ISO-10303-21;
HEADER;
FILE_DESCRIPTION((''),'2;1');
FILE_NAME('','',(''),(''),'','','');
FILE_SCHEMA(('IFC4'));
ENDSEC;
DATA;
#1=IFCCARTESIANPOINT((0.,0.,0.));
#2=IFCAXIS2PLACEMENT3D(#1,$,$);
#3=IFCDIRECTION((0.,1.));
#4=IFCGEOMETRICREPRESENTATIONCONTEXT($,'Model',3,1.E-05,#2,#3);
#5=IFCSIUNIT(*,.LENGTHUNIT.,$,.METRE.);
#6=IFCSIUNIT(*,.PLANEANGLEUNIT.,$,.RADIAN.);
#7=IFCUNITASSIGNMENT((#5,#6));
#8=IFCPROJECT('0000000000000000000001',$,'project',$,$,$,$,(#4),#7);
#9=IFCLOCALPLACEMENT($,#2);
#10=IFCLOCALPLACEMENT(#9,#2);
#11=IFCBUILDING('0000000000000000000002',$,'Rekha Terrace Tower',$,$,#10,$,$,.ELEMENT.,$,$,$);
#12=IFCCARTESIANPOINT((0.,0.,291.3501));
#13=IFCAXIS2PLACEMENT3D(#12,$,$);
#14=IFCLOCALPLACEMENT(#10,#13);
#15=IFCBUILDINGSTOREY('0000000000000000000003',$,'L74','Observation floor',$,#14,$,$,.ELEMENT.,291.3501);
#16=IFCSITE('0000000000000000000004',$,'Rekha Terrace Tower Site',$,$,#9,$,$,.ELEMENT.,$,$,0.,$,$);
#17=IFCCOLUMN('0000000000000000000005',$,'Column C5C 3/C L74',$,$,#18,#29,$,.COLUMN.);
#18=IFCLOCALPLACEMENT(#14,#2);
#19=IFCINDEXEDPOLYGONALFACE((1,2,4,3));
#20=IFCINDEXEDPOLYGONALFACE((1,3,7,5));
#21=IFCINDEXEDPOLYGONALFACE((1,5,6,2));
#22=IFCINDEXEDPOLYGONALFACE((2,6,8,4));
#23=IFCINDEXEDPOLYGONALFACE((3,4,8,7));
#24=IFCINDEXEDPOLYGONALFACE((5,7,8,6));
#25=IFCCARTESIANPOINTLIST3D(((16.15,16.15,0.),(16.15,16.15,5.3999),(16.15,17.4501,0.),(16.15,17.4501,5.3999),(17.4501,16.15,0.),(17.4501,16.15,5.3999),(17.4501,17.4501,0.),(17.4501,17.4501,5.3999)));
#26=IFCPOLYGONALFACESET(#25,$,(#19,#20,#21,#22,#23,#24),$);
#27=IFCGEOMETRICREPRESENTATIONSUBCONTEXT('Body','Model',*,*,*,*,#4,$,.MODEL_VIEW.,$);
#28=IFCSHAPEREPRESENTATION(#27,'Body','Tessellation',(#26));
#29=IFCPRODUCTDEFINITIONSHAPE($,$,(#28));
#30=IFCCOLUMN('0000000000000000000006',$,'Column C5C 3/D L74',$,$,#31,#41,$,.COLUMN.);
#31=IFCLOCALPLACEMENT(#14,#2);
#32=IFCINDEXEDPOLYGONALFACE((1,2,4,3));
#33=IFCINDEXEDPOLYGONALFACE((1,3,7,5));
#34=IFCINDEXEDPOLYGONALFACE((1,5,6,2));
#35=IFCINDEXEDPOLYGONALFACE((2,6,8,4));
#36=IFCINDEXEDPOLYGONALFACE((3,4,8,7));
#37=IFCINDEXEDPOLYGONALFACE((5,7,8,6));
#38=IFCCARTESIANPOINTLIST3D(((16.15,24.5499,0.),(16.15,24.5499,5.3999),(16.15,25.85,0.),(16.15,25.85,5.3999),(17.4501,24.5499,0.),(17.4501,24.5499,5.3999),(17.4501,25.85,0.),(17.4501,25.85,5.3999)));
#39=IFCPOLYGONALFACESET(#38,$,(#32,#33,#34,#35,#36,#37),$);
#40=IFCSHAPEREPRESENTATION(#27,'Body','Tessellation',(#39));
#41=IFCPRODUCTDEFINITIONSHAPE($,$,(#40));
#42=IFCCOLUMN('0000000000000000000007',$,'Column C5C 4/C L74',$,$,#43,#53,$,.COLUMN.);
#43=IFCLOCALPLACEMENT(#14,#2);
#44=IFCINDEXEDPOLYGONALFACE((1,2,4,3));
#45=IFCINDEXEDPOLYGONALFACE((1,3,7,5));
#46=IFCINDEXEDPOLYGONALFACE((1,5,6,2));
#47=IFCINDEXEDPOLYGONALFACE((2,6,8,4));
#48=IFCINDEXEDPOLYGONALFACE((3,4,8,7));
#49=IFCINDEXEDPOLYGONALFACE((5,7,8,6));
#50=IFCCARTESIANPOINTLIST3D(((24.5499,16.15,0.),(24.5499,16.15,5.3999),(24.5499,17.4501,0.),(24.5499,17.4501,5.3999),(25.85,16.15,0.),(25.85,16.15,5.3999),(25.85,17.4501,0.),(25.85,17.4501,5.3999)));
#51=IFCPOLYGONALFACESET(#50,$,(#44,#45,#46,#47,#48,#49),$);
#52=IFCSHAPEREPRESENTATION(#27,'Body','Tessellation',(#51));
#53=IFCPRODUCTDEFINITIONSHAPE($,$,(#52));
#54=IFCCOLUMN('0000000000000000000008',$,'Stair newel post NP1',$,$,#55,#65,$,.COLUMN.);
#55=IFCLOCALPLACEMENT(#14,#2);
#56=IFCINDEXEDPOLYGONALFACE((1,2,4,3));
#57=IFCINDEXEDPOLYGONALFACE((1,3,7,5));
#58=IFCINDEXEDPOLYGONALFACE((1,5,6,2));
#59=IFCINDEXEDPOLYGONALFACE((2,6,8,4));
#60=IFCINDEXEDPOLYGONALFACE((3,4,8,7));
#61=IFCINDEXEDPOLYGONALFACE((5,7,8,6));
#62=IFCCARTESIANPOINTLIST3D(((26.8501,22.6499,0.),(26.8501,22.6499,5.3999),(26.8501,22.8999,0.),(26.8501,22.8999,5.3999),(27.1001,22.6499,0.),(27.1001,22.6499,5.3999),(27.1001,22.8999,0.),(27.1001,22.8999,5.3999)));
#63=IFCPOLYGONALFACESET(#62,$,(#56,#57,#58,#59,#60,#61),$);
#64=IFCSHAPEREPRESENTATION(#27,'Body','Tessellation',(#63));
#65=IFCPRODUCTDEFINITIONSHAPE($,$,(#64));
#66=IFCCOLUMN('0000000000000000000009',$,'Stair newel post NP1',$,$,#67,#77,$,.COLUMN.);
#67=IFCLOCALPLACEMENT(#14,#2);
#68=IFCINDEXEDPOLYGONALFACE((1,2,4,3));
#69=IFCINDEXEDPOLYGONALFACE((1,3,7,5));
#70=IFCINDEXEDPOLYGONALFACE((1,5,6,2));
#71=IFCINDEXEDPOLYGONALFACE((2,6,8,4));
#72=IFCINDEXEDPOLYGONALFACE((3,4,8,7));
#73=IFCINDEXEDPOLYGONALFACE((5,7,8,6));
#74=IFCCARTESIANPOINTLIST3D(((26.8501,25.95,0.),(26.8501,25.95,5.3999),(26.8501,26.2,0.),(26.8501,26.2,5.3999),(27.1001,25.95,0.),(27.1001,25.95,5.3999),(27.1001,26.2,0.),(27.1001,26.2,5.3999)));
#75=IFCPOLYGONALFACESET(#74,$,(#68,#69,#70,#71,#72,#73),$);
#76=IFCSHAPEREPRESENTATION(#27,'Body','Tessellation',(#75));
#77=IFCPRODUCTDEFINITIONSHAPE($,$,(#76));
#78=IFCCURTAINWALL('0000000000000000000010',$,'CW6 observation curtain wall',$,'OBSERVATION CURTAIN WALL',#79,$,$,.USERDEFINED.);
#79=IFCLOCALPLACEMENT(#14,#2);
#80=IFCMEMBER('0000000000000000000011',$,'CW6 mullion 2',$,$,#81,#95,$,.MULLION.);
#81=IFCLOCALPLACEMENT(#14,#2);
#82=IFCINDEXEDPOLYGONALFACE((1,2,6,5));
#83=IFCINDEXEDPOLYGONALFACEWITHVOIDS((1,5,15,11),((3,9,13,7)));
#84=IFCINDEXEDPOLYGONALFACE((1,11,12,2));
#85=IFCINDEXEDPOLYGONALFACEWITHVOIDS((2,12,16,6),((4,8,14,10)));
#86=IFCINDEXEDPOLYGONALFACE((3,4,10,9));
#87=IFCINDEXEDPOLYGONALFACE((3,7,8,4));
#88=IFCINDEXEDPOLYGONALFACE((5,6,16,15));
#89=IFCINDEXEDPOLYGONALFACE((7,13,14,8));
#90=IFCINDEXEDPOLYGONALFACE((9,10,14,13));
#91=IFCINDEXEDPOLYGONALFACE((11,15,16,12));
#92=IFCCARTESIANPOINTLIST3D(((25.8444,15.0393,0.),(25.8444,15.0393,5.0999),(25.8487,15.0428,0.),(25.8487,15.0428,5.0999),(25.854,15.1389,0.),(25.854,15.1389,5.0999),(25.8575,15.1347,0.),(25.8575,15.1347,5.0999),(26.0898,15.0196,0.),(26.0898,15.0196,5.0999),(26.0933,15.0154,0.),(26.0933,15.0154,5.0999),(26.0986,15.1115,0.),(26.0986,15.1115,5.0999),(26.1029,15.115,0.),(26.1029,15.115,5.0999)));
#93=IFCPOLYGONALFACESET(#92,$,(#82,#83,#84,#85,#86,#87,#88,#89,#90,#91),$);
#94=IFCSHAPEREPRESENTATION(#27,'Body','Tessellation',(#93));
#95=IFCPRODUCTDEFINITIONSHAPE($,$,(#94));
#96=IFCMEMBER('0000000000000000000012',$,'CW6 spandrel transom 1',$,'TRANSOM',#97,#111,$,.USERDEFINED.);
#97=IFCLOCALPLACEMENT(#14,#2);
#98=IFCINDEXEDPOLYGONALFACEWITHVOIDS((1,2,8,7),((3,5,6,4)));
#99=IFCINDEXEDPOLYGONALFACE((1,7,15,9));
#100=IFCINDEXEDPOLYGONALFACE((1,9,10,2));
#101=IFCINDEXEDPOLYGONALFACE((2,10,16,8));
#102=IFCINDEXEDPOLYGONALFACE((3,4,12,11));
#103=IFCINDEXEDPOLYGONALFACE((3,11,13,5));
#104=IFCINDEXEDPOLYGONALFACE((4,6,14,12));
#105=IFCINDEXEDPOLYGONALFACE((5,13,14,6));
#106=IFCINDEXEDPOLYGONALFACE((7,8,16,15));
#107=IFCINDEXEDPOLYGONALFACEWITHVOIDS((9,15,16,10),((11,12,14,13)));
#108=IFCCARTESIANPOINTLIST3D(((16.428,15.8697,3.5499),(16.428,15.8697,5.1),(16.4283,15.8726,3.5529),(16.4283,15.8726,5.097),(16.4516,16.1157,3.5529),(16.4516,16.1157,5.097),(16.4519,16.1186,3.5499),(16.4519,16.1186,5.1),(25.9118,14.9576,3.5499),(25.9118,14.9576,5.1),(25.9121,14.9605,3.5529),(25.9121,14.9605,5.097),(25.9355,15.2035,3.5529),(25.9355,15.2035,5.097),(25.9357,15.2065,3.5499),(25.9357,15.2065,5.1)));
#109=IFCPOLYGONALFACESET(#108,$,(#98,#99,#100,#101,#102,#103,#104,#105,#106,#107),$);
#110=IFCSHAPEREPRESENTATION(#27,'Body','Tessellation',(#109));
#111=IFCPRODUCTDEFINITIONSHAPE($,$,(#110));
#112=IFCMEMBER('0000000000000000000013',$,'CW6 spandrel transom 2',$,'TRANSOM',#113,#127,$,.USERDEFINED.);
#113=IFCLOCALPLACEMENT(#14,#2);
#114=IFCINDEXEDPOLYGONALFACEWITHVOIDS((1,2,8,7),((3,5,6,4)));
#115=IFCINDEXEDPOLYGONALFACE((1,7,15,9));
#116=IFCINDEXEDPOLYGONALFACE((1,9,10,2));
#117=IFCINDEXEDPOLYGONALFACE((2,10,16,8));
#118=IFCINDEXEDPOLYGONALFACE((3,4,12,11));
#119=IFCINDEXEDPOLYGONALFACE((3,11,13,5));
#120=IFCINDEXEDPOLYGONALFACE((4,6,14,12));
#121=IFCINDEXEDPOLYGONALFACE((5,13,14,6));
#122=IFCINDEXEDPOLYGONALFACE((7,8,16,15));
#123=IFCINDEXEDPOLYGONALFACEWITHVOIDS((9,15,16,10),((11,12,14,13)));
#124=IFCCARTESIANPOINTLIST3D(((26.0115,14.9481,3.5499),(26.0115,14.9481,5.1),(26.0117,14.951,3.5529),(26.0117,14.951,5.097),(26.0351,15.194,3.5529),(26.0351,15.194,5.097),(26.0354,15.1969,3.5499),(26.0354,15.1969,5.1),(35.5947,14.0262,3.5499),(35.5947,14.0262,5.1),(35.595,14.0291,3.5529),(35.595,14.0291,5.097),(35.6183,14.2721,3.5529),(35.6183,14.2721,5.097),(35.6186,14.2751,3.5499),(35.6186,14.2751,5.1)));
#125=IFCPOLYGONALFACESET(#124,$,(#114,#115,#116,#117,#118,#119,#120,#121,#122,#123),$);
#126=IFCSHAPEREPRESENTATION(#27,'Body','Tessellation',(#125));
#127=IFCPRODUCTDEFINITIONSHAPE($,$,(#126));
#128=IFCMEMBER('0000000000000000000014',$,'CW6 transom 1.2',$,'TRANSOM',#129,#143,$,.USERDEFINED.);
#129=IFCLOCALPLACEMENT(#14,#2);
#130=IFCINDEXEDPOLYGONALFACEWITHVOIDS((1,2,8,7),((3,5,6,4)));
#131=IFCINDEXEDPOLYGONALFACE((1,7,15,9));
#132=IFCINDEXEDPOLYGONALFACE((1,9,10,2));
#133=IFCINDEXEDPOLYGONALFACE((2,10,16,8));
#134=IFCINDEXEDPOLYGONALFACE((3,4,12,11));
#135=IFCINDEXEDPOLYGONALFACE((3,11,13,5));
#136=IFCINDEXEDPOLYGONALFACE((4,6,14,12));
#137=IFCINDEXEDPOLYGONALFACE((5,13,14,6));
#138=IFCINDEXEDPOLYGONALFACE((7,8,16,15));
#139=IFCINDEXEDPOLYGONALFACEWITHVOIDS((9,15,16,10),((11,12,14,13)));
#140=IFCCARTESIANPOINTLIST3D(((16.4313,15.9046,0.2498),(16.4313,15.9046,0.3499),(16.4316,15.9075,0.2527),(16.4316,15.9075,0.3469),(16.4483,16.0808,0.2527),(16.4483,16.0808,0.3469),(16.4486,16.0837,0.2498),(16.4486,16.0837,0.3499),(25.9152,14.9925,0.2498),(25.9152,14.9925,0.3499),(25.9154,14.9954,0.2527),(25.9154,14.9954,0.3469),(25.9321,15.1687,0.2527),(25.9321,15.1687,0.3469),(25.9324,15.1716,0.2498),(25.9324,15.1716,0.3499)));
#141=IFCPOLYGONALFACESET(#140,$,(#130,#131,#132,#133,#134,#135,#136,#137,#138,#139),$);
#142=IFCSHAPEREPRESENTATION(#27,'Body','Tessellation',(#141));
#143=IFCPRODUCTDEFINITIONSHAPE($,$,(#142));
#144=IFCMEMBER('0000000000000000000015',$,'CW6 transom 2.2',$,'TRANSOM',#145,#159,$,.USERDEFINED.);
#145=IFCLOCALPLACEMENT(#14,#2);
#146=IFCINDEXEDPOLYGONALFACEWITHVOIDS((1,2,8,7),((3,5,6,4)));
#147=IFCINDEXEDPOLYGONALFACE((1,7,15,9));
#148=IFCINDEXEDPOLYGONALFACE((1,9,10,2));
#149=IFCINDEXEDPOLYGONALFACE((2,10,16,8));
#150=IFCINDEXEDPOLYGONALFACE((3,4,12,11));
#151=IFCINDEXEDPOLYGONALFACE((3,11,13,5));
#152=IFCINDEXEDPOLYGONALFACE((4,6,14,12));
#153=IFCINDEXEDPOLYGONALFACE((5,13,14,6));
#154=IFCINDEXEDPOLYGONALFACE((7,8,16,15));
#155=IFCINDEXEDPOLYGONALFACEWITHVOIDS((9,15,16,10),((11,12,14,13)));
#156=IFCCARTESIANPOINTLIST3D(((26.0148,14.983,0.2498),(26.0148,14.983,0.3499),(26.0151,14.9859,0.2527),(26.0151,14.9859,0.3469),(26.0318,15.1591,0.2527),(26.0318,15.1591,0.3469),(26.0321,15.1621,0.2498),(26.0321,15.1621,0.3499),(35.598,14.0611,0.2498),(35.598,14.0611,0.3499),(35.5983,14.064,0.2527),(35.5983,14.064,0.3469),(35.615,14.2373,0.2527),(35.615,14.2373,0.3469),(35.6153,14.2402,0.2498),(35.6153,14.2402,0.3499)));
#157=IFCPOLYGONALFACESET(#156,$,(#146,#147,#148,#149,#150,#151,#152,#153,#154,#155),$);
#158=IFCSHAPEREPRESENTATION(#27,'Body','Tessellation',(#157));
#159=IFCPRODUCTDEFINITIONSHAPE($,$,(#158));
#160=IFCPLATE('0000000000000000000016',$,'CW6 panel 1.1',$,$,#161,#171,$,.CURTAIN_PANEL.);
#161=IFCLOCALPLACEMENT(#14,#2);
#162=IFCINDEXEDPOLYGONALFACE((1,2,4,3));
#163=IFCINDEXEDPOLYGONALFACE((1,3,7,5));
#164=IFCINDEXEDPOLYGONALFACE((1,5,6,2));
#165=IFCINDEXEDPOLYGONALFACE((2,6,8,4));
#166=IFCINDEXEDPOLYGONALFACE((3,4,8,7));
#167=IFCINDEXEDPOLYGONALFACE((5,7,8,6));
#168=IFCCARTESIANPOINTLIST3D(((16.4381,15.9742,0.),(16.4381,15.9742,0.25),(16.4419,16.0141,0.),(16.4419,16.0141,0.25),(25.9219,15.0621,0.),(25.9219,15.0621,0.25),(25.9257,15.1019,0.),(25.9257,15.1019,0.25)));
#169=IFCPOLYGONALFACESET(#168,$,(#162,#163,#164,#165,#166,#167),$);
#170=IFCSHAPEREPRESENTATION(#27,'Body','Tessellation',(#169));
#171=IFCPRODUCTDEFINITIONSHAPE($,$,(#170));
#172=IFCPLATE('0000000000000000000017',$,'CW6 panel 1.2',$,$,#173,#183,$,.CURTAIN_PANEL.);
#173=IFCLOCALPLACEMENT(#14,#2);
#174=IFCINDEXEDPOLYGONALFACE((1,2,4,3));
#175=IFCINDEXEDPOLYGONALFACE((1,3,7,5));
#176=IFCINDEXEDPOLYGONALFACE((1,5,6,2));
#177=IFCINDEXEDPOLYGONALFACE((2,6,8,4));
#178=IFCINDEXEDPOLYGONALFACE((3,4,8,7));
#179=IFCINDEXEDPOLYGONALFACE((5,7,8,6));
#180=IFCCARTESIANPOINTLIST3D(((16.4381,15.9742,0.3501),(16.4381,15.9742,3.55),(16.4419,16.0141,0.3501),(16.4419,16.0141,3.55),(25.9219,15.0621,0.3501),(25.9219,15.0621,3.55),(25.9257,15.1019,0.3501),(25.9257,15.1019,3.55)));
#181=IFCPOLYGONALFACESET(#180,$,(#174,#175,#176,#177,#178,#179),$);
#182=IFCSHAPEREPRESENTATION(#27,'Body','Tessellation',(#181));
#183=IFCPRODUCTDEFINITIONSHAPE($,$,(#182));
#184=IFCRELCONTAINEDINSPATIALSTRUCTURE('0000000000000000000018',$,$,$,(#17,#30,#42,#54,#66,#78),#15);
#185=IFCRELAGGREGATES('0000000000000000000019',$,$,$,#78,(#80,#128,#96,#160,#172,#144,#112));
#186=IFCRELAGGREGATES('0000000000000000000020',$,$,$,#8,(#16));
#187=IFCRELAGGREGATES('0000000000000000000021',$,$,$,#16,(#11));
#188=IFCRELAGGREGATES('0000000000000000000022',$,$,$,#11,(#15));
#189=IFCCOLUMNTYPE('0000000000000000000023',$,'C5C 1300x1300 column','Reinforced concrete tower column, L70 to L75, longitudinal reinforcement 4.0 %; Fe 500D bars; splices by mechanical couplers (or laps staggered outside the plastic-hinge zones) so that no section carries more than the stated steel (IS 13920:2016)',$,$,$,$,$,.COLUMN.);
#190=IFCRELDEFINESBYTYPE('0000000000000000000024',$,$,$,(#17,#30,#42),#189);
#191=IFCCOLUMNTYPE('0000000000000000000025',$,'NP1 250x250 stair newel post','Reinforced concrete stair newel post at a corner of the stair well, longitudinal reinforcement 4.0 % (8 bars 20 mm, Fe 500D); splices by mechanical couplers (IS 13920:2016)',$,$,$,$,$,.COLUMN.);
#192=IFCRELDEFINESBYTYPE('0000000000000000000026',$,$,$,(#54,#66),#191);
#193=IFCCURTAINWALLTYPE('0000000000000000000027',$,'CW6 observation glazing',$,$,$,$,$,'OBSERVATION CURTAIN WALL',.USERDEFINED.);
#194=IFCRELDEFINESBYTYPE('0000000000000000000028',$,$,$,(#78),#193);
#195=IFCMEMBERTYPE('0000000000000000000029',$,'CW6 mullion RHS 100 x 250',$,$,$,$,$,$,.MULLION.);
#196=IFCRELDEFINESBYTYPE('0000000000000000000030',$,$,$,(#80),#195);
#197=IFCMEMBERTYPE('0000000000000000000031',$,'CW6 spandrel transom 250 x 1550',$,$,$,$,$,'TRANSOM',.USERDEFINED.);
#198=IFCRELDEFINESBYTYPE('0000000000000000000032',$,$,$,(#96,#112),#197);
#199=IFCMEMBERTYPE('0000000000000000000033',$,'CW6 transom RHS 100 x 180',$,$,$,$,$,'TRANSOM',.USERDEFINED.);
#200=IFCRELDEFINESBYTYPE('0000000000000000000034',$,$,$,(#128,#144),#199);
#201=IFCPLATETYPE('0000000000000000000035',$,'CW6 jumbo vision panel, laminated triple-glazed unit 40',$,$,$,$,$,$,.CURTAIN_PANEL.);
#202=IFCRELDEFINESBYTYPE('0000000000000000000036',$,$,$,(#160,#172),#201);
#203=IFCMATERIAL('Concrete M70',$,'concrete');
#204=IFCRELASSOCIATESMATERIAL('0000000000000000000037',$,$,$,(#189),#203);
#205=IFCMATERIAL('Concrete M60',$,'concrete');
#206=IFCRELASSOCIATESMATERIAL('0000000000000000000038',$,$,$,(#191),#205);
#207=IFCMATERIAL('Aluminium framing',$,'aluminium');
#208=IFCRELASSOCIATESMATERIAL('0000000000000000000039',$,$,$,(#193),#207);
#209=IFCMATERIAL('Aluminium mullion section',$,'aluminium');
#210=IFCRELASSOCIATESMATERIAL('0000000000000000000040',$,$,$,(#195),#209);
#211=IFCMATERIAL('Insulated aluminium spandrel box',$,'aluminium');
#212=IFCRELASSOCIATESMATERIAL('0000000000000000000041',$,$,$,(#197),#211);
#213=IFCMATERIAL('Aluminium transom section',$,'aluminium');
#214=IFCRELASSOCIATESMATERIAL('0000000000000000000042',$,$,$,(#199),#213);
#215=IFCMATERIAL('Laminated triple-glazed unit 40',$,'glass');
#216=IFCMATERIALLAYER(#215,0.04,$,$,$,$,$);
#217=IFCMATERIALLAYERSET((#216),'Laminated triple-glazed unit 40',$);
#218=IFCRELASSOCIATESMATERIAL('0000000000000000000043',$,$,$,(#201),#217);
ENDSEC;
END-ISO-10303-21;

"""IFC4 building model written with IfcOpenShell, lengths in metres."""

from ifc_helpers import new_model, si_unit, direction, frame, origin, origin_2d, place, context, subcontext, project, spatial, rectangle, hollow_rectangle, extrude, material, layer, layer_set, material_profile, profile_set, type_object, element, aggregate, save


model = new_model("IFC4")

# Units and contexts
model_context = context("Model", 3, precision=1e-05, world=origin(), true_north=direction((0.0, 1.0)))
body_context = subcontext(model_context, "Body", "Model", "MODEL_VIEW")
ifc_project = project(units=[si_unit("LENGTHUNIT", "METRE"), si_unit("PLANEANGLEUNIT", "RADIAN")], contexts=[model_context])

# Site, building, storey
site_placement = place(None, origin())
site = spatial("IfcSite", under=ifc_project, at=site_placement, Name="Rekha Terrace Tower Site", CompositionType="ELEMENT", RefElevation=0.0)
building_placement = place(site_placement, origin())
building = spatial("IfcBuilding", under=site, at=building_placement, Name="Rekha Terrace Tower", CompositionType="ELEMENT")
storey_placement = place(building_placement, frame((0.0, 0.0, 291.3501)))
storey = spatial("IfcBuildingStorey", under=building, at=storey_placement, Name="L74", Description="Observation floor", CompositionType="ELEMENT", Elevation=291.3501)

# Columns
ifc_material_1 = material(Name="Concrete M70", Category="concrete")
ifc_material_profile_1 = material_profile(ifc_material_1, rectangle(XDim=1.3, YDim=1.3, at=origin_2d()), Name="RC 1300x1300")
ifc_profile_set_1 = profile_set([ifc_material_profile_1], Name="Concrete M70")
column_type_1 = type_object("IfcColumnType", Name="C5C 1300x1300 column", Description="Reinforced concrete tower column, L70 to L75, longitudinal reinforcement 4.0 %; Fe 500D bars; splices by mechanical couplers (or laps staggered outside the plastic-hinge zones) so that no section carries more than the stated steel (IS 13920:2016)", PredefinedType="COLUMN", material=ifc_profile_set_1)
for number, where, z_axis, x_axis, name in (
    (1, (16.8, 16.8, 0.0), (0.0, 0.0, 1.0), (1.0, 0.0, 0.0), "Column C5C 3/C L74"),
    (2, (16.8, 25.2, 0.0), (0.0, 0.0, 1.0), (1.0, 0.0, 0.0), "Column C5C 3/D L74"),
    (3, (25.2, 16.8, 0.0), (0.0, 0.0, 1.0), (1.0, 0.0, 0.0), "Column C5C 4/C L74"),
):
    element("IfcColumn", number, at=place(storey_placement, frame(where, z_axis=z_axis, x_axis=x_axis)), inside=storey, type_object=column_type_1, Name=name, PredefinedType="COLUMN", context=body_context, shape_type="SweptSolid", body=[
        extrude(rectangle(XDim=1.3, YDim=1.3, at=origin_2d()), origin(), (0.0, 0.0, 1.0), 5.3999),
    ])
ifc_material_2 = material(Name="Concrete M60", Category="concrete")
ifc_material_profile_2 = material_profile(ifc_material_2, rectangle(XDim=0.25, YDim=0.25, at=origin_2d()), Name="RC 250x250")
ifc_profile_set_2 = profile_set([ifc_material_profile_2], Name="Concrete M60")
column_type_2 = type_object("IfcColumnType", Name="NP1 250x250 stair newel post", Description="Reinforced concrete stair newel post at a corner of the stair well, longitudinal reinforcement 4.0 % (8 bars 20 mm, Fe 500D); splices by mechanical couplers (IS 13920:2016)", PredefinedType="COLUMN", material=ifc_profile_set_2)
for number, where, z_axis, x_axis, name in (
    (4, (26.9751, 22.7749, 0.0), (0.0, 0.0, 1.0), (1.0, 0.0, 0.0), "Stair newel post NP1"),
    (5, (26.9751, 26.075, 0.0), (0.0, 0.0, 1.0), (1.0, 0.0, 0.0), "Stair newel post NP1"),
):
    element("IfcColumn", number, at=place(storey_placement, frame(where, z_axis=z_axis, x_axis=x_axis)), inside=storey, type_object=column_type_2, Name=name, PredefinedType="COLUMN", context=body_context, shape_type="SweptSolid", body=[
        extrude(rectangle(XDim=0.25, YDim=0.25, at=origin_2d()), origin(), (0.0, 0.0, 1.0), 5.3999),
    ])

# Curtain wall, members, plates
ifc_material_3 = material(Name="Aluminium framing", Category="aluminium")
curtain_wall_type = type_object("IfcCurtainWallType", Name="CW6 observation glazing", ElementType="OBSERVATION CURTAIN WALL", PredefinedType="USERDEFINED", material=ifc_material_3)
curtain_wall_placement = place(storey_placement, origin())
curtain_wall = element("IfcCurtainWall", 6, at=curtain_wall_placement, inside=storey, type_object=curtain_wall_type, Name="CW6 observation curtain wall", ObjectType="OBSERVATION CURTAIN WALL", PredefinedType="USERDEFINED")
ifc_material_4 = material(Name="Aluminium mullion section", Category="aluminium")
ifc_material_profile_3 = material_profile(ifc_material_4, hollow_rectangle(XDim=0.1001, YDim=0.25, WallThickness=0.0039, at=origin_2d()), Name="AL RHS 100x250")
ifc_profile_set_3 = profile_set([ifc_material_profile_3], Name="Aluminium mullion section")
member_type_1 = type_object("IfcMemberType", Name="CW6 mullion RHS 100 x 250", PredefinedType="MULLION", material=ifc_profile_set_3)
member_1_placement = place(storey_placement, frame((25.9736, 15.0771, 0.0), z_axis=(0.0, 0.0, 1.0), x_axis=(0.095736, 0.995407, 0.0)))
member_1 = element("IfcMember", 7, at=member_1_placement, type_object=member_type_1, Name="CW6 mullion 2", PredefinedType="MULLION", context=body_context, shape_type="SweptSolid", body=[
    extrude(hollow_rectangle(XDim=0.1001, YDim=0.25, WallThickness=0.0039, at=origin_2d()), origin(), (0.0, 0.0, 1.0), 5.0999),
])
ifc_material_5 = material(Name="Insulated aluminium spandrel box", Category="aluminium")
ifc_material_profile_4 = material_profile(ifc_material_5, hollow_rectangle(XDim=0.25, YDim=1.55, WallThickness=0.0029, at=origin_2d()), Name="AL SPANDREL BOX 250x1550")
ifc_profile_set_4 = profile_set([ifc_material_profile_4], Name="Insulated aluminium spandrel box")
member_type_2 = type_object("IfcMemberType", Name="CW6 spandrel transom 250 x 1550", ElementType="TRANSOM", PredefinedType="USERDEFINED", material=ifc_profile_set_4)
member_2_placement = place(storey_placement, frame((16.4399, 15.9941, 4.325), z_axis=(0.995407, -0.095733, 0.0), x_axis=(0.095733, 0.995407, 0.0)))
member_2 = element("IfcMember", 8, at=member_2_placement, type_object=member_type_2, Name="CW6 spandrel transom 1", ObjectType="TRANSOM", PredefinedType="USERDEFINED", context=body_context, shape_type="SweptSolid", body=[
    extrude(hollow_rectangle(XDim=0.25, YDim=1.55, WallThickness=0.0029, at=origin_2d()), origin(), (0.0, 0.0, 1.0), 9.5276),
])
member_3_placement = place(storey_placement, frame((26.0234, 15.0725, 4.325), z_axis=(0.995405, -0.095754, 0.0), x_axis=(0.095754, 0.995405, 0.0)))
member_3 = element("IfcMember", 9, at=member_3_placement, type_object=member_type_2, Name="CW6 spandrel transom 2", ObjectType="TRANSOM", PredefinedType="USERDEFINED", context=body_context, shape_type="SweptSolid", body=[
    extrude(hollow_rectangle(XDim=0.25, YDim=1.55, WallThickness=0.0029, at=origin_2d()), origin(), (0.0, 0.0, 1.0), 9.6274),
])
ifc_material_6 = material(Name="Aluminium transom section", Category="aluminium")
ifc_material_profile_5 = material_profile(ifc_material_6, hollow_rectangle(XDim=0.1799, YDim=0.1001, WallThickness=0.0029, at=origin_2d()), Name="AL RHS 180x100")
ifc_profile_set_5 = profile_set([ifc_material_profile_5], Name="Aluminium transom section")
member_type_3 = type_object("IfcMemberType", Name="CW6 transom RHS 100 x 180", ElementType="TRANSOM", PredefinedType="USERDEFINED", material=ifc_profile_set_5)
member_4_placement = place(storey_placement, frame((16.4399, 15.9941, 0.2998), z_axis=(0.995407, -0.095733, 0.0), x_axis=(0.095733, 0.995407, 0.0)))
member_4 = element("IfcMember", 10, at=member_4_placement, type_object=member_type_3, Name="CW6 transom 1.2", ObjectType="TRANSOM", PredefinedType="USERDEFINED", context=body_context, shape_type="SweptSolid", body=[
    extrude(hollow_rectangle(XDim=0.1799, YDim=0.1001, WallThickness=0.0029, at=origin_2d()), origin(), (0.0, 0.0, 1.0), 9.5276),
])
member_5_placement = place(storey_placement, frame((26.0234, 15.0725, 0.2998), z_axis=(0.995405, -0.095754, 0.0), x_axis=(0.095754, 0.995405, 0.0)))
member_5 = element("IfcMember", 11, at=member_5_placement, type_object=member_type_3, Name="CW6 transom 2.2", ObjectType="TRANSOM", PredefinedType="USERDEFINED", context=body_context, shape_type="SweptSolid", body=[
    extrude(hollow_rectangle(XDim=0.1799, YDim=0.1001, WallThickness=0.0029, at=origin_2d()), origin(), (0.0, 0.0, 1.0), 9.6274),
])
ifc_material_7 = material(Name="Laminated triple-glazed unit 40", Category="glass")
ifc_layer_1 = layer(ifc_material_7, 0.04)
ifc_layer_set_1 = layer_set([ifc_layer_1], Name="Laminated triple-glazed unit 40")
plate_type = type_object("IfcPlateType", Name="CW6 jumbo vision panel, laminated triple-glazed unit 40", PredefinedType="CURTAIN_PANEL", material=ifc_layer_set_1)
plate_1_placement = place(storey_placement, frame((21.1819, 15.5381, 0.0), z_axis=(0.0, 0.0, 1.0), x_axis=(0.995407, -0.095736, 0.0)))
plate_1 = element("IfcPlate", 12, at=plate_1_placement, type_object=plate_type, Name="CW6 panel 1.1", PredefinedType="CURTAIN_PANEL", context=body_context, shape_type="SweptSolid", body=[
    extrude(rectangle(XDim=9.5276, YDim=0.04, at=origin_2d()), origin(), (0.0, 0.0, 1.0), 0.25),
])
plate_2_placement = place(storey_placement, frame((21.1819, 15.5381, 0.3501), z_axis=(0.0, 0.0, 1.0), x_axis=(0.995407, -0.095736, 0.0)))
plate_2 = element("IfcPlate", 13, at=plate_2_placement, type_object=plate_type, Name="CW6 panel 1.2", PredefinedType="CURTAIN_PANEL", context=body_context, shape_type="SweptSolid", body=[
    extrude(rectangle(XDim=9.5276, YDim=0.04, at=origin_2d()), origin(), (0.0, 0.0, 1.0), 3.2),
])
aggregate(curtain_wall, [member_1, member_4, member_2, plate_1, plate_2, member_5, member_3])

save(model, "model.ifc")
